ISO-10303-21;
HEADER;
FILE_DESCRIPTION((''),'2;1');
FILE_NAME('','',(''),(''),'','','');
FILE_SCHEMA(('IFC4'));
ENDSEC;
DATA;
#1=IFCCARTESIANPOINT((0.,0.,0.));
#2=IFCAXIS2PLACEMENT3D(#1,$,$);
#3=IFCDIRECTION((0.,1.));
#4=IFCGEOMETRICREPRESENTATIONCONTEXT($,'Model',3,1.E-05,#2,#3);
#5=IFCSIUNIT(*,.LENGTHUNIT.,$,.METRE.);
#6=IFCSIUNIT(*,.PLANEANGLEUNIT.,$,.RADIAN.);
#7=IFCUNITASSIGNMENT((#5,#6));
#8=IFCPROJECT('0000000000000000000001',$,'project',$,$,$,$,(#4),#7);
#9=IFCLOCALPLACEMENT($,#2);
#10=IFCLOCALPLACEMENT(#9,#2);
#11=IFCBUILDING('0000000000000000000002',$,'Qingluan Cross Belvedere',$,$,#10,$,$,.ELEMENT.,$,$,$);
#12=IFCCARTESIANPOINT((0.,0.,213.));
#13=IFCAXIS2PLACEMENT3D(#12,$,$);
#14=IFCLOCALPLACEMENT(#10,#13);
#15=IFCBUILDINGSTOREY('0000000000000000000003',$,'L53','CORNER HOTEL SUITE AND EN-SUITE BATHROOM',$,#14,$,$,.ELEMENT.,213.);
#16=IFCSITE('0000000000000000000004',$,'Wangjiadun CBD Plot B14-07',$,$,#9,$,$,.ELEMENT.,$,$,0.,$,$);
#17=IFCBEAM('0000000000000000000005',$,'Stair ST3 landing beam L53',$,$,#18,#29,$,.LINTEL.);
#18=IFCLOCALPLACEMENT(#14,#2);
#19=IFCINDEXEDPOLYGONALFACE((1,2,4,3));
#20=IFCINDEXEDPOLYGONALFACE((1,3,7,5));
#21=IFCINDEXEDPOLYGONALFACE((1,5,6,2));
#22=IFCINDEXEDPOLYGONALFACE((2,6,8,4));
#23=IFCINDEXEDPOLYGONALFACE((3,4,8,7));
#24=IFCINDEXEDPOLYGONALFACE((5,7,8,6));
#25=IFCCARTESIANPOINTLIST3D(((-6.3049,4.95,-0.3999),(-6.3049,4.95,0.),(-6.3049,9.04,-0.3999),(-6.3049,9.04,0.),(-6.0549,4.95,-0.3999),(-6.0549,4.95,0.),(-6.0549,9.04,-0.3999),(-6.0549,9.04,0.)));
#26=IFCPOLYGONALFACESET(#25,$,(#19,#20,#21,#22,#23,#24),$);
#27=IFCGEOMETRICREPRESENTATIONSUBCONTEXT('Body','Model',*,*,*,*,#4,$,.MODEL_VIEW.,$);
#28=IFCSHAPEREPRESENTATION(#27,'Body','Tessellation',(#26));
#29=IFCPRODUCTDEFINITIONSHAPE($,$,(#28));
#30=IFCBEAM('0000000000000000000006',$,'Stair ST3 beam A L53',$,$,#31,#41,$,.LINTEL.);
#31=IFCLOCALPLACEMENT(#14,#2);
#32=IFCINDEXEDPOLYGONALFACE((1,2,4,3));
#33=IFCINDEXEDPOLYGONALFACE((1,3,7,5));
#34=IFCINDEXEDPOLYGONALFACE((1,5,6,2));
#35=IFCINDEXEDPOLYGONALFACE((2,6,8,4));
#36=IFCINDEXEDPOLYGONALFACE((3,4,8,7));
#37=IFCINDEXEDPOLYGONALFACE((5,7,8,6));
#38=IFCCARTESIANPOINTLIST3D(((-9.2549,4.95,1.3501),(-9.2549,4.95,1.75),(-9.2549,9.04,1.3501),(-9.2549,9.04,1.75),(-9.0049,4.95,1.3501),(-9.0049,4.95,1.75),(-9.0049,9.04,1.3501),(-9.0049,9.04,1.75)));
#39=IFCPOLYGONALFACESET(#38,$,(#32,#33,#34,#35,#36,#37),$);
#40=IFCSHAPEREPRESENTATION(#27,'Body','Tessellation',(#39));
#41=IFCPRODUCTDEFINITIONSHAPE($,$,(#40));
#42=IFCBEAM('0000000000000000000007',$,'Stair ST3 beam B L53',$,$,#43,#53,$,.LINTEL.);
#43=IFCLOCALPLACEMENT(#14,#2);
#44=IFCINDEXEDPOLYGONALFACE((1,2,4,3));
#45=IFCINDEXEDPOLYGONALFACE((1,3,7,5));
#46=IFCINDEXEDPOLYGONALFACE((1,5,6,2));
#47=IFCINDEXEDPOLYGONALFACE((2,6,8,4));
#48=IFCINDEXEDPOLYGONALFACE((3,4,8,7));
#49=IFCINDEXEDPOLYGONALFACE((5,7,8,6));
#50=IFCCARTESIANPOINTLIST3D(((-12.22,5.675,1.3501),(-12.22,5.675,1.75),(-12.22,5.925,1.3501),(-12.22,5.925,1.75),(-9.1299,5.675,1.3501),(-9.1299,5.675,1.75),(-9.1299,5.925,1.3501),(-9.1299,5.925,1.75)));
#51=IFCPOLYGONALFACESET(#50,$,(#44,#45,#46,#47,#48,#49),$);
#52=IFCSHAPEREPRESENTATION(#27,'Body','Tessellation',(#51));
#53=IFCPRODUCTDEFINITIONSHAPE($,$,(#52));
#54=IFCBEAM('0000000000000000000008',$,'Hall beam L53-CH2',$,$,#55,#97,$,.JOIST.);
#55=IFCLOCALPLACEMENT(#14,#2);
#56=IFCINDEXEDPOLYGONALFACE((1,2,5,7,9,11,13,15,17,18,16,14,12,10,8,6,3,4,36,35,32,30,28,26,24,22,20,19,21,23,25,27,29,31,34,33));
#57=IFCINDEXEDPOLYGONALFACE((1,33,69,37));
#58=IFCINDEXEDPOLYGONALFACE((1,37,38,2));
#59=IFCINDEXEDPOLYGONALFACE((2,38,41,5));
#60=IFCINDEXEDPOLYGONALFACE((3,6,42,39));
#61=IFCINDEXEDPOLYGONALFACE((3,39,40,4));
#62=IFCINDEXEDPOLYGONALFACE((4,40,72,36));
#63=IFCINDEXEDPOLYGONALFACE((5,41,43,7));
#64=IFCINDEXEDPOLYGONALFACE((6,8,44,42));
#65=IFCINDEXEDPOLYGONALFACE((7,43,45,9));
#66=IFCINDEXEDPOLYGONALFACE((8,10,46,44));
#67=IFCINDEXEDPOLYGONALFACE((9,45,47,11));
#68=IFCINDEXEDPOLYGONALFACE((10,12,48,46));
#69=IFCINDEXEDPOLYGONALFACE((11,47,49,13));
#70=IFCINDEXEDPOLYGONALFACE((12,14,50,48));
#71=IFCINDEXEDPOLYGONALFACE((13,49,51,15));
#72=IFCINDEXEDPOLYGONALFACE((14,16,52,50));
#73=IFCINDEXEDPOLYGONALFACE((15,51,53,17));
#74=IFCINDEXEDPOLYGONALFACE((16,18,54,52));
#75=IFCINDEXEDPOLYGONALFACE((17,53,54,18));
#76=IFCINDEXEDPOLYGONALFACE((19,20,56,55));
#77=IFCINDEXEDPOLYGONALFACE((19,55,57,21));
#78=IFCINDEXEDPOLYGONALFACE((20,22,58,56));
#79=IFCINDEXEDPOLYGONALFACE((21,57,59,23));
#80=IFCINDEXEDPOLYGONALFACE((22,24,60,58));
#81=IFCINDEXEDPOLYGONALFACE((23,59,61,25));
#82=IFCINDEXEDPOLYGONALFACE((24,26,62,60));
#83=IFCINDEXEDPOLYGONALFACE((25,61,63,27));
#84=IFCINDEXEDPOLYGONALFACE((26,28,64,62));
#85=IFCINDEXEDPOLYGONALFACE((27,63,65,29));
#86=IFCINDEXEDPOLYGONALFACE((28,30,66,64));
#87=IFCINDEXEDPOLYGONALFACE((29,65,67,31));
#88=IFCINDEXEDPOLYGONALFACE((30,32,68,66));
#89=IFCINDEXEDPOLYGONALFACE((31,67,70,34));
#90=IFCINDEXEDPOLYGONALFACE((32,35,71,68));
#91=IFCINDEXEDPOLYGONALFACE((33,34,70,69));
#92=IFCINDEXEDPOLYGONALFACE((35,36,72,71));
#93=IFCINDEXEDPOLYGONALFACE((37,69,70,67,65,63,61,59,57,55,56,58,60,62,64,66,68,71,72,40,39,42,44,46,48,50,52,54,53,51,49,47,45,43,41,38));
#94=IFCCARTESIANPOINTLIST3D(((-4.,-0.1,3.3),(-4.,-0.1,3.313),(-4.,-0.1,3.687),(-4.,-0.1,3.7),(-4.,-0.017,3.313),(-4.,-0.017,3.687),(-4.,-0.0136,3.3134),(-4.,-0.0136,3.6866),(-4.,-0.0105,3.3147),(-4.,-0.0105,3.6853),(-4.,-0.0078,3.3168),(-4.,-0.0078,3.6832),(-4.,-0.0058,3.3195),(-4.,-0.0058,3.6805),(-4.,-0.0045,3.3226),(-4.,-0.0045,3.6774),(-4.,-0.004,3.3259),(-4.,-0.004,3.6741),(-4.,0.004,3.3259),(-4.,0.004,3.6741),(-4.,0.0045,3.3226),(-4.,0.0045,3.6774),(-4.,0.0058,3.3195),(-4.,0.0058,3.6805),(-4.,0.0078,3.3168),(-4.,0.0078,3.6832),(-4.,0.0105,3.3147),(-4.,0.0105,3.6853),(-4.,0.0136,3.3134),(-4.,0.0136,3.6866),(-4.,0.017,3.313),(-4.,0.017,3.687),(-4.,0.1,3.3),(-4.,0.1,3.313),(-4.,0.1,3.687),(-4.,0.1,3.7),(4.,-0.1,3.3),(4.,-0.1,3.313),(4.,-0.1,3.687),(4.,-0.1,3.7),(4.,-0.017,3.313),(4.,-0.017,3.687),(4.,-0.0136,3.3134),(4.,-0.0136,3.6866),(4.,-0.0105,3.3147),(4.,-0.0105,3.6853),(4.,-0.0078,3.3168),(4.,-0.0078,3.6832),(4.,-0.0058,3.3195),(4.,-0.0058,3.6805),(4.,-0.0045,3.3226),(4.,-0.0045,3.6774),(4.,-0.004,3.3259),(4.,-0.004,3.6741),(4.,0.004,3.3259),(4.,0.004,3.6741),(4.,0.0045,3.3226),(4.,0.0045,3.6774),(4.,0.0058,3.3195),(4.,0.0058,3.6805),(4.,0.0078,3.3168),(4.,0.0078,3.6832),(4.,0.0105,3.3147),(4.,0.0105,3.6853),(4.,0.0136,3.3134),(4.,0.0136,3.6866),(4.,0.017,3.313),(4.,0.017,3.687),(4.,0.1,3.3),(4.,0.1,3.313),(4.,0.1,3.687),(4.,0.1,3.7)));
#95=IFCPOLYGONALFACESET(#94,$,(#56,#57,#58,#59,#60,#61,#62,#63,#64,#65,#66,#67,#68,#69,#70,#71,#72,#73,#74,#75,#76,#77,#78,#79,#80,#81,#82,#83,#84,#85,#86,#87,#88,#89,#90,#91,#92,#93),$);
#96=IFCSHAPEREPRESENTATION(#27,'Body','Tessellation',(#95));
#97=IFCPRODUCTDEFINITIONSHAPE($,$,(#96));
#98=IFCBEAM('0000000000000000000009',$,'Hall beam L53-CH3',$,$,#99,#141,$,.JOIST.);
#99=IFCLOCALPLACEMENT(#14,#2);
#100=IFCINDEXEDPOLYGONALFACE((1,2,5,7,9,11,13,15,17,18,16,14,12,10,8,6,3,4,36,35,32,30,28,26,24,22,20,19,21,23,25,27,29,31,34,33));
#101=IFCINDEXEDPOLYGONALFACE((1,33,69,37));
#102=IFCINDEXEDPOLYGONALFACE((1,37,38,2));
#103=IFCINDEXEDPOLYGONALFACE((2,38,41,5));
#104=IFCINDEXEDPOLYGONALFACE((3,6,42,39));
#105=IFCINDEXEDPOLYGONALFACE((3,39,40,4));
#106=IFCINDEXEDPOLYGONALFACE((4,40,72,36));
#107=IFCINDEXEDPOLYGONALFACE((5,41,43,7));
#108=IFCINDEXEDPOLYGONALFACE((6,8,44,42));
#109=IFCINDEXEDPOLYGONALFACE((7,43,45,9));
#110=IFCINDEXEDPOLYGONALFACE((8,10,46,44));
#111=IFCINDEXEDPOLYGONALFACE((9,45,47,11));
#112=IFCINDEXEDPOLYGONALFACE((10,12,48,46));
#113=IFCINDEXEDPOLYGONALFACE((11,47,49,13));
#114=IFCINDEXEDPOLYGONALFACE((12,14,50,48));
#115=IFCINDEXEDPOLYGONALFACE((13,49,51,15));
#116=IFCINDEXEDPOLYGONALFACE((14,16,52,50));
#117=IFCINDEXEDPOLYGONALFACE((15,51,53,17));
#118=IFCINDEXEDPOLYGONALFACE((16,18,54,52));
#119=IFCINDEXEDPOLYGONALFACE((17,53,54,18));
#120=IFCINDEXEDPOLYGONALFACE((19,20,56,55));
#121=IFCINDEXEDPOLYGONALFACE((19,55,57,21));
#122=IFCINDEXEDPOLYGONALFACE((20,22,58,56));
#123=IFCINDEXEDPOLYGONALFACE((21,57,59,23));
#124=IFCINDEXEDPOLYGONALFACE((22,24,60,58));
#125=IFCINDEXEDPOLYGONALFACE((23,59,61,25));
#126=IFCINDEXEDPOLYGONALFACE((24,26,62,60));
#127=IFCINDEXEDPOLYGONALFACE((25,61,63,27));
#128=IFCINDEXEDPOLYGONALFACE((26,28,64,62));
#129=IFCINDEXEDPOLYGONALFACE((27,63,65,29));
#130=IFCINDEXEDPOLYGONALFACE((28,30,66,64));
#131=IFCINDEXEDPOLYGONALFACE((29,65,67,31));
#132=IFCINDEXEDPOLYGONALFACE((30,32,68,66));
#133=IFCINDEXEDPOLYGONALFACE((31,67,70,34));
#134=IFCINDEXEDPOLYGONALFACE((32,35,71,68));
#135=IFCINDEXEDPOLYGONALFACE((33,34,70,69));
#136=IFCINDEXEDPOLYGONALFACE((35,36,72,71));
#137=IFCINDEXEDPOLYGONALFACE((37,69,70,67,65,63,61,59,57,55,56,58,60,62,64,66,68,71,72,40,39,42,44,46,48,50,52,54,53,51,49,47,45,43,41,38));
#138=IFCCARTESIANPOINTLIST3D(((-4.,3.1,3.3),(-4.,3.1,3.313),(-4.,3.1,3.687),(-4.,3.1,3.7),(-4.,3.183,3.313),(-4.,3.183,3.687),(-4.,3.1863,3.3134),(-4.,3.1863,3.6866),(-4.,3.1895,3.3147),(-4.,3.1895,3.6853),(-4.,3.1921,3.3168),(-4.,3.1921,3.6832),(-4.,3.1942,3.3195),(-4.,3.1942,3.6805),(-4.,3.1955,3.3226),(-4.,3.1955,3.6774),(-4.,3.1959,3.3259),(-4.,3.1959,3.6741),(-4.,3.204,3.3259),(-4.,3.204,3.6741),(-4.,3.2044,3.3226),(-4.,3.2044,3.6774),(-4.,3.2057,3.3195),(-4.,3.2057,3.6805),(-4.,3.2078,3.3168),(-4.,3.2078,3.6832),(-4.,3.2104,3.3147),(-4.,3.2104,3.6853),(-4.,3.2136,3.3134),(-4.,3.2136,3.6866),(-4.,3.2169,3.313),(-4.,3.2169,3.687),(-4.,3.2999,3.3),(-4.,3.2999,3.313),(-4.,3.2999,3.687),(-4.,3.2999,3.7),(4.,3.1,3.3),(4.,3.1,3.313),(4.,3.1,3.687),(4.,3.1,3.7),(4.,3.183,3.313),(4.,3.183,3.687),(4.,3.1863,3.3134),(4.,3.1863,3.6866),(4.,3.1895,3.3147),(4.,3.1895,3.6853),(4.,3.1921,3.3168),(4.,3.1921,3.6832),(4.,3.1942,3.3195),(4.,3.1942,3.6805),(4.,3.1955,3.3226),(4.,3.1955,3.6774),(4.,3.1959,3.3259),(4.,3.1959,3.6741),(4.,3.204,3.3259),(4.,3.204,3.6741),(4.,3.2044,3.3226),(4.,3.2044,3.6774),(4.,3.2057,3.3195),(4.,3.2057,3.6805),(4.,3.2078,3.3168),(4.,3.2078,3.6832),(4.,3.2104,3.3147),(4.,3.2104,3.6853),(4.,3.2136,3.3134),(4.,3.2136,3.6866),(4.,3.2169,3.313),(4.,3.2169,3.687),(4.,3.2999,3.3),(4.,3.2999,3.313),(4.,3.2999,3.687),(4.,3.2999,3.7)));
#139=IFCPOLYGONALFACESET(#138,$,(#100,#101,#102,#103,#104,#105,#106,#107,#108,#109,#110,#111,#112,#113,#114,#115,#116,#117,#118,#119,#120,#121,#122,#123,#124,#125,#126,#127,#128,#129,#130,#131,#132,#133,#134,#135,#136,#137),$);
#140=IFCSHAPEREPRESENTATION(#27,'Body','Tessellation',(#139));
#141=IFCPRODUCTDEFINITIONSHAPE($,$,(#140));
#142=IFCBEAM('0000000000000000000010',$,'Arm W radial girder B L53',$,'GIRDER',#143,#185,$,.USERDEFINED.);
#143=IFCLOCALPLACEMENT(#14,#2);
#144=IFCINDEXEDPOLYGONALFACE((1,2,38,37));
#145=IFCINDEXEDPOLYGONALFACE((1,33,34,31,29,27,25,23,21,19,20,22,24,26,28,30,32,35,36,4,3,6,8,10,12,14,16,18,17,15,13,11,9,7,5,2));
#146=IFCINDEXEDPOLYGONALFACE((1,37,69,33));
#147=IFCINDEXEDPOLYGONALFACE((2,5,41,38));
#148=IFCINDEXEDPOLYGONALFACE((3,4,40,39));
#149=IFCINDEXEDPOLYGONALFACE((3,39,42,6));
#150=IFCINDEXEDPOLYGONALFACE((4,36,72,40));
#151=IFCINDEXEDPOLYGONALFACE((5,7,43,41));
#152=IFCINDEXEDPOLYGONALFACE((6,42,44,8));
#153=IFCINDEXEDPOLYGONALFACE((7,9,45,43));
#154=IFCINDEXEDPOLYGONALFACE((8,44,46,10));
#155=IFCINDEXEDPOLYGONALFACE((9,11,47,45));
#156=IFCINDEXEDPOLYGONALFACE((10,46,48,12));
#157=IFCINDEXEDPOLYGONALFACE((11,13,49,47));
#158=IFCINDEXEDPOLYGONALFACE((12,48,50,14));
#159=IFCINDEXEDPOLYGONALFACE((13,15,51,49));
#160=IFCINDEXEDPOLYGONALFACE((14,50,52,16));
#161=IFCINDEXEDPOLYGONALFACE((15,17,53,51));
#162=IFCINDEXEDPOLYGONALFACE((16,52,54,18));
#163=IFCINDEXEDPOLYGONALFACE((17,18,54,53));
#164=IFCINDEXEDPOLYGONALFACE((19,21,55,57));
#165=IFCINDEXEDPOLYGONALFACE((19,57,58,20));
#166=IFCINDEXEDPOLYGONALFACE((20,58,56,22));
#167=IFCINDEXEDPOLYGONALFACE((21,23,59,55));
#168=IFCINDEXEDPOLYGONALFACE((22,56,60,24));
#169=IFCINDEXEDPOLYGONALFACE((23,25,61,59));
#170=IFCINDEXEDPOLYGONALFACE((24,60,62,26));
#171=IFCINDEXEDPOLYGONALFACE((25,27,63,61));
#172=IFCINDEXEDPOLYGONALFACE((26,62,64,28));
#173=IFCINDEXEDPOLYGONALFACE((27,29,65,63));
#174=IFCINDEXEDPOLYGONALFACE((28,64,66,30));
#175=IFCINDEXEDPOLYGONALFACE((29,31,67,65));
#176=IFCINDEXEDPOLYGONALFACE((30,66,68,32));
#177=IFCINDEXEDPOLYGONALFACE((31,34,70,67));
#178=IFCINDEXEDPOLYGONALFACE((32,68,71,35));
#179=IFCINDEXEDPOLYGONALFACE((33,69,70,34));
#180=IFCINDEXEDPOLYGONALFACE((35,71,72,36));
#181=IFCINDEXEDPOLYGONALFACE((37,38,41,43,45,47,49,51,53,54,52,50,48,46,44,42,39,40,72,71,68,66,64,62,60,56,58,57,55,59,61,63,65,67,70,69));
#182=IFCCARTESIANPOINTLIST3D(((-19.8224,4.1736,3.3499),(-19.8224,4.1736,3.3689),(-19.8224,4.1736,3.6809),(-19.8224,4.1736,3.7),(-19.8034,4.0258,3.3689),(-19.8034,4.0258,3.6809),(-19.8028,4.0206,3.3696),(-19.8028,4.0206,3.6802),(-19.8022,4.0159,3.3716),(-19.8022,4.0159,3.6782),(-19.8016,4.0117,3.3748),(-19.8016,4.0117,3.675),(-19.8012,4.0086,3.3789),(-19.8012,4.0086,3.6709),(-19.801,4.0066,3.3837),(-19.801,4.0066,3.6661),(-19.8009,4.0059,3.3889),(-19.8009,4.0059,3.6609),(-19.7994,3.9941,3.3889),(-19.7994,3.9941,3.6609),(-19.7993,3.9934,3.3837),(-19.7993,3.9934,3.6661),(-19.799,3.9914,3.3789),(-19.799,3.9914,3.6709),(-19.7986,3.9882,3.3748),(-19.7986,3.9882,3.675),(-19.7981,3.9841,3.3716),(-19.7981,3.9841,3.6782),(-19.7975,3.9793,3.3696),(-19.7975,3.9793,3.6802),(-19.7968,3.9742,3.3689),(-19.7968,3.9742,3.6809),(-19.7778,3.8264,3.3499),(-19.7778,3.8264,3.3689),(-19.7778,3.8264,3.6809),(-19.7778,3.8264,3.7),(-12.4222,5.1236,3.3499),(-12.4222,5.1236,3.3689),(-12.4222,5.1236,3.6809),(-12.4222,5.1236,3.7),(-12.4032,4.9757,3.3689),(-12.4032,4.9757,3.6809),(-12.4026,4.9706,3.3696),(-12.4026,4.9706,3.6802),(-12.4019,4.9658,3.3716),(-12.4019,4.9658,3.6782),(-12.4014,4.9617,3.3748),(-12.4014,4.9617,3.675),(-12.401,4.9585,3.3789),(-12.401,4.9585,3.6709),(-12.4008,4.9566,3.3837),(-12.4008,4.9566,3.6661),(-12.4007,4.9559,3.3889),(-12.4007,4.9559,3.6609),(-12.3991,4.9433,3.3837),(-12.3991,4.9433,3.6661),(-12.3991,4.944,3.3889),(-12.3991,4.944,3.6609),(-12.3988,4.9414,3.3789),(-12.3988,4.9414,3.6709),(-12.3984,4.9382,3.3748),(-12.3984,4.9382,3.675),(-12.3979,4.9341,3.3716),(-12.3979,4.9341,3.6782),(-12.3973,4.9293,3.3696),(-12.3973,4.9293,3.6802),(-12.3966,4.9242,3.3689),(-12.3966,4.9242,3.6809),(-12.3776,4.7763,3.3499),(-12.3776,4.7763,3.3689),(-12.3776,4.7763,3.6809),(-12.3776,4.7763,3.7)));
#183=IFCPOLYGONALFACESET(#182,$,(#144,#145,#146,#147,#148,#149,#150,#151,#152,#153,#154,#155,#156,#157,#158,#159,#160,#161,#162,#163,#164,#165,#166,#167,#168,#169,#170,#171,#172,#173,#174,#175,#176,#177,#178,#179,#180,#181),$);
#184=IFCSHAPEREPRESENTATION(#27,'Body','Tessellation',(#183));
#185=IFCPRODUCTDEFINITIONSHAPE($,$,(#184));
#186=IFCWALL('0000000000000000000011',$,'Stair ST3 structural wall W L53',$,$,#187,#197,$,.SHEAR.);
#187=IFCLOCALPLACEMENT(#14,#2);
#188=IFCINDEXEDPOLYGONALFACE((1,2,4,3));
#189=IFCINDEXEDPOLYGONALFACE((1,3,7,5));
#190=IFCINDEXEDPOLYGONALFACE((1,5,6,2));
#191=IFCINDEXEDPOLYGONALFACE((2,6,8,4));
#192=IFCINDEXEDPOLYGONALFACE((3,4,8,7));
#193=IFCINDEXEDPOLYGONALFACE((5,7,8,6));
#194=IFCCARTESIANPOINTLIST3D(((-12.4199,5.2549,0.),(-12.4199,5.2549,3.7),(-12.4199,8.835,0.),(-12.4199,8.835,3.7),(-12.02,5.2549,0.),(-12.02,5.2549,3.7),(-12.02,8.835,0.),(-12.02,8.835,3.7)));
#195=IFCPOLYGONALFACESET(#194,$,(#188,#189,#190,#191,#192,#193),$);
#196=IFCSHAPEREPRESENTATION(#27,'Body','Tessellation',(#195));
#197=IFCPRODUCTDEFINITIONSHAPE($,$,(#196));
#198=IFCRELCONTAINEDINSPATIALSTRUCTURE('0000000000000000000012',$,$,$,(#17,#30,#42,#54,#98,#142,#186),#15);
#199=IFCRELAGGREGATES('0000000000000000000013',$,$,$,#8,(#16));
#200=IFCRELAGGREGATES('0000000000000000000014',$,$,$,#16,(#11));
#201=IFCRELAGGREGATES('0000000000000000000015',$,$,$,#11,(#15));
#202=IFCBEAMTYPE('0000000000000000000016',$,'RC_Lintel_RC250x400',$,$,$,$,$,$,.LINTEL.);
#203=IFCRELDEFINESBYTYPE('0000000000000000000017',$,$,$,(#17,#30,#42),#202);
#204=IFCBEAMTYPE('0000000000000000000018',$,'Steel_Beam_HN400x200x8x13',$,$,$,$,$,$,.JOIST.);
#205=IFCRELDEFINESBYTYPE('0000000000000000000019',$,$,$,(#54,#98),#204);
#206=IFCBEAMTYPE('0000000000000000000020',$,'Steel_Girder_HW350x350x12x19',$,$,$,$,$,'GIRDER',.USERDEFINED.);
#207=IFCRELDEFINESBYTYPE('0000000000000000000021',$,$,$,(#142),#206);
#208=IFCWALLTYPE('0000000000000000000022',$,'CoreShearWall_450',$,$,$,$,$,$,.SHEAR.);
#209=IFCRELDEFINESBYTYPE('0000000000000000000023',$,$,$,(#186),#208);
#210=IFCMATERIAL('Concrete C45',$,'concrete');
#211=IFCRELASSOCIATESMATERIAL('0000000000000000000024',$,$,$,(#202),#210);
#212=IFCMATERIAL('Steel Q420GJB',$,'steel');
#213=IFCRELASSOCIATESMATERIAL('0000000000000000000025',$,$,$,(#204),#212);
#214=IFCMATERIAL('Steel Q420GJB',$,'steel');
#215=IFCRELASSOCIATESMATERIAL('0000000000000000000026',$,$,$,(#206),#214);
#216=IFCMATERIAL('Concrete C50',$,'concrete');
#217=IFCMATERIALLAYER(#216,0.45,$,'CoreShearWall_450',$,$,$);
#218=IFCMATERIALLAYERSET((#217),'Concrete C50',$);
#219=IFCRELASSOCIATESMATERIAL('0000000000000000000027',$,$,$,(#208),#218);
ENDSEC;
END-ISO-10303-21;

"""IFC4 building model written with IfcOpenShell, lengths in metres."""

from ifc_helpers import new_model, si_unit, direction, frame, frame_2d, origin, origin_2d, place, context, subcontext, project, spatial, rectangle, i_section, extrude, material, layer, layer_set, material_profile, profile_set, type_object, element, save


model = new_model("IFC4")

# Units and contexts
model_context = context("Model", 3, precision=1e-05, world=origin(), true_north=direction((0.0, 1.0)))
body_context = subcontext(model_context, "Body", "Model", "MODEL_VIEW")
ifc_project = project(units=[si_unit("LENGTHUNIT", "METRE"), si_unit("PLANEANGLEUNIT", "RADIAN")], contexts=[model_context])

# Site, building, storey
site_placement = place(None, origin())
site = spatial("IfcSite", under=ifc_project, at=site_placement, Name="Wangjiadun CBD Plot B14-07", CompositionType="ELEMENT", RefElevation=0.0)
building_placement = place(site_placement, origin())
building = spatial("IfcBuilding", under=site, at=building_placement, Name="Qingluan Cross Belvedere", CompositionType="ELEMENT")
storey_placement = place(building_placement, frame((0.0, 0.0, 213.0)))
storey = spatial("IfcBuildingStorey", under=building, at=storey_placement, Name="L53", Description="CORNER HOTEL SUITE AND EN-SUITE BATHROOM", CompositionType="ELEMENT", Elevation=213.0)

# Beams
ifc_material_1 = material(Name="Concrete C45", Category="concrete")
ifc_material_profile_1 = material_profile(ifc_material_1, rectangle(XDim=0.25, YDim=0.3999, at=origin_2d()), Name="RC250x400")
ifc_profile_set_1 = profile_set([ifc_material_profile_1], Name="Concrete C45")
beam_type_1 = type_object("IfcBeamType", Name="RC_Lintel_RC250x400", PredefinedType="LINTEL", material=ifc_profile_set_1)
for number, where, z_axis, x_axis, name in (
    (1, (-6.1799, 4.95, -0.2), (0.0, 1.0, 0.0), (-1.0, 0.0, 0.0), "Stair ST3 landing beam L53"),
    (2, (-9.1299, 4.95, 1.55), (0.0, 1.0, 0.0), (-1.0, 0.0, 0.0), "Stair ST3 beam A L53"),
):
    element("IfcBeam", number, at=place(storey_placement, frame(where, z_axis=z_axis, x_axis=x_axis)), inside=storey, type_object=beam_type_1, Name=name, PredefinedType="LINTEL", context=body_context, shape_type="SweptSolid", body=[
        extrude(rectangle(XDim=0.25, YDim=0.3999, at=origin_2d()), origin(), (0.0, 0.0, 1.0), 4.0901),
    ])
beam_1_placement = place(storey_placement, frame((-12.22, 5.8, 1.55), z_axis=(1.0, 0.0, 0.0), x_axis=(0.0, 1.0, 0.0)))
element("IfcBeam", 3, at=beam_1_placement, inside=storey, type_object=beam_type_1, Name="Stair ST3 beam B L53", PredefinedType="LINTEL", context=body_context, shape_type="SweptSolid", body=[
    extrude(rectangle(XDim=0.25, YDim=0.3999, at=origin_2d()), origin(), (0.0, 0.0, 1.0), 3.0901),
])
ifc_material_2 = material(Name="Steel Q420GJB", Category="steel")
ifc_material_profile_2 = material_profile(ifc_material_2, i_section(OverallWidth=0.2, OverallDepth=0.3999, WebThickness=0.0081, FlangeThickness=0.0129, FilletRadius=0.0129, at=origin_2d()), Name="HN400x200x8x13")
ifc_profile_set_2 = profile_set([ifc_material_profile_2], Name="Steel Q420GJB")
beam_type_2 = type_object("IfcBeamType", Name="Steel_Beam_HN400x200x8x13", PredefinedType="JOIST", material=ifc_profile_set_2)
for number, where, z_axis, x_axis, name in (
    (4, (-4.0, 0.0, 3.5), (1.0, 0.0, 0.0), (0.0, 1.0, 0.0), "Hall beam L53-CH2"),
    (5, (-4.0, 3.2, 3.5), (1.0, 0.0, 0.0), (0.0, 1.0, 0.0), "Hall beam L53-CH3"),
):
    element("IfcBeam", number, at=place(storey_placement, frame(where, z_axis=z_axis, x_axis=x_axis)), inside=storey, type_object=beam_type_2, Name=name, PredefinedType="JOIST", context=body_context, shape_type="SweptSolid", body=[
        extrude(i_section(OverallWidth=0.2, OverallDepth=0.3999, WebThickness=0.0081, FlangeThickness=0.0129, FilletRadius=0.0129, at=origin_2d()), origin(), (0.0, 0.0, 1.0), 8.0),
    ])
ifc_material_3 = material(Name="Steel Q420GJB", Category="steel")
ifc_material_profile_3 = material_profile(ifc_material_3, i_section(OverallWidth=0.3501, OverallDepth=0.3501, WebThickness=0.012, FlangeThickness=0.019, FilletRadius=0.02, at=origin_2d()), Name="HW350x350x12x19")
ifc_profile_set_3 = profile_set([ifc_material_profile_3], Name="Steel Q420GJB")
beam_type_3 = type_object("IfcBeamType", Name="Steel_Girder_HW350x350x12x19", ElementType="GIRDER", PredefinedType="USERDEFINED", material=ifc_profile_set_3)
beam_2_placement = place(storey_placement, frame((-12.3999, 4.95, 3.5249), z_axis=(-0.991861, -0.127324, 0.0), x_axis=(0.127324, -0.991861, 0.0)))
element("IfcBeam", 6, at=beam_2_placement, inside=storey, type_object=beam_type_3, Name="Arm W radial girder B L53", ObjectType="GIRDER", PredefinedType="USERDEFINED", context=body_context, shape_type="SweptSolid", body=[
    extrude(i_section(OverallWidth=0.3501, OverallDepth=0.3501, WebThickness=0.012, FlangeThickness=0.019, FilletRadius=0.02, at=origin_2d()), origin(), (0.0, 0.0, 1.0), 7.4609),
])

# Wall
ifc_material_4 = material(Name="Concrete C50", Category="concrete")
ifc_layer_1 = layer(ifc_material_4, 0.45, Name="CoreShearWall_450")
ifc_layer_set_1 = layer_set([ifc_layer_1], Name="Concrete C50")
wall_type_1 = type_object("IfcWallType", Name="CoreShearWall_450", PredefinedType="SHEAR", material=ifc_layer_set_1)
wall_1_placement = place(storey_placement, frame((-12.22, 5.2549, 0.0), z_axis=(0.0, 0.0, 1.0), x_axis=(0.0, 1.0, 0.0)))
element("IfcWall", 7, at=wall_1_placement, inside=storey, type_object=wall_type_1, Name="Stair ST3 structural wall W L53", PredefinedType="SHEAR", context=body_context, shape_type="SweptSolid", body=[
    extrude(rectangle(XDim=3.5801, YDim=0.3999, at=frame_2d((1.79, 0.0))), origin(), (0.0, 0.0, 1.0), 3.7),
])

save(model, "model.ifc")
